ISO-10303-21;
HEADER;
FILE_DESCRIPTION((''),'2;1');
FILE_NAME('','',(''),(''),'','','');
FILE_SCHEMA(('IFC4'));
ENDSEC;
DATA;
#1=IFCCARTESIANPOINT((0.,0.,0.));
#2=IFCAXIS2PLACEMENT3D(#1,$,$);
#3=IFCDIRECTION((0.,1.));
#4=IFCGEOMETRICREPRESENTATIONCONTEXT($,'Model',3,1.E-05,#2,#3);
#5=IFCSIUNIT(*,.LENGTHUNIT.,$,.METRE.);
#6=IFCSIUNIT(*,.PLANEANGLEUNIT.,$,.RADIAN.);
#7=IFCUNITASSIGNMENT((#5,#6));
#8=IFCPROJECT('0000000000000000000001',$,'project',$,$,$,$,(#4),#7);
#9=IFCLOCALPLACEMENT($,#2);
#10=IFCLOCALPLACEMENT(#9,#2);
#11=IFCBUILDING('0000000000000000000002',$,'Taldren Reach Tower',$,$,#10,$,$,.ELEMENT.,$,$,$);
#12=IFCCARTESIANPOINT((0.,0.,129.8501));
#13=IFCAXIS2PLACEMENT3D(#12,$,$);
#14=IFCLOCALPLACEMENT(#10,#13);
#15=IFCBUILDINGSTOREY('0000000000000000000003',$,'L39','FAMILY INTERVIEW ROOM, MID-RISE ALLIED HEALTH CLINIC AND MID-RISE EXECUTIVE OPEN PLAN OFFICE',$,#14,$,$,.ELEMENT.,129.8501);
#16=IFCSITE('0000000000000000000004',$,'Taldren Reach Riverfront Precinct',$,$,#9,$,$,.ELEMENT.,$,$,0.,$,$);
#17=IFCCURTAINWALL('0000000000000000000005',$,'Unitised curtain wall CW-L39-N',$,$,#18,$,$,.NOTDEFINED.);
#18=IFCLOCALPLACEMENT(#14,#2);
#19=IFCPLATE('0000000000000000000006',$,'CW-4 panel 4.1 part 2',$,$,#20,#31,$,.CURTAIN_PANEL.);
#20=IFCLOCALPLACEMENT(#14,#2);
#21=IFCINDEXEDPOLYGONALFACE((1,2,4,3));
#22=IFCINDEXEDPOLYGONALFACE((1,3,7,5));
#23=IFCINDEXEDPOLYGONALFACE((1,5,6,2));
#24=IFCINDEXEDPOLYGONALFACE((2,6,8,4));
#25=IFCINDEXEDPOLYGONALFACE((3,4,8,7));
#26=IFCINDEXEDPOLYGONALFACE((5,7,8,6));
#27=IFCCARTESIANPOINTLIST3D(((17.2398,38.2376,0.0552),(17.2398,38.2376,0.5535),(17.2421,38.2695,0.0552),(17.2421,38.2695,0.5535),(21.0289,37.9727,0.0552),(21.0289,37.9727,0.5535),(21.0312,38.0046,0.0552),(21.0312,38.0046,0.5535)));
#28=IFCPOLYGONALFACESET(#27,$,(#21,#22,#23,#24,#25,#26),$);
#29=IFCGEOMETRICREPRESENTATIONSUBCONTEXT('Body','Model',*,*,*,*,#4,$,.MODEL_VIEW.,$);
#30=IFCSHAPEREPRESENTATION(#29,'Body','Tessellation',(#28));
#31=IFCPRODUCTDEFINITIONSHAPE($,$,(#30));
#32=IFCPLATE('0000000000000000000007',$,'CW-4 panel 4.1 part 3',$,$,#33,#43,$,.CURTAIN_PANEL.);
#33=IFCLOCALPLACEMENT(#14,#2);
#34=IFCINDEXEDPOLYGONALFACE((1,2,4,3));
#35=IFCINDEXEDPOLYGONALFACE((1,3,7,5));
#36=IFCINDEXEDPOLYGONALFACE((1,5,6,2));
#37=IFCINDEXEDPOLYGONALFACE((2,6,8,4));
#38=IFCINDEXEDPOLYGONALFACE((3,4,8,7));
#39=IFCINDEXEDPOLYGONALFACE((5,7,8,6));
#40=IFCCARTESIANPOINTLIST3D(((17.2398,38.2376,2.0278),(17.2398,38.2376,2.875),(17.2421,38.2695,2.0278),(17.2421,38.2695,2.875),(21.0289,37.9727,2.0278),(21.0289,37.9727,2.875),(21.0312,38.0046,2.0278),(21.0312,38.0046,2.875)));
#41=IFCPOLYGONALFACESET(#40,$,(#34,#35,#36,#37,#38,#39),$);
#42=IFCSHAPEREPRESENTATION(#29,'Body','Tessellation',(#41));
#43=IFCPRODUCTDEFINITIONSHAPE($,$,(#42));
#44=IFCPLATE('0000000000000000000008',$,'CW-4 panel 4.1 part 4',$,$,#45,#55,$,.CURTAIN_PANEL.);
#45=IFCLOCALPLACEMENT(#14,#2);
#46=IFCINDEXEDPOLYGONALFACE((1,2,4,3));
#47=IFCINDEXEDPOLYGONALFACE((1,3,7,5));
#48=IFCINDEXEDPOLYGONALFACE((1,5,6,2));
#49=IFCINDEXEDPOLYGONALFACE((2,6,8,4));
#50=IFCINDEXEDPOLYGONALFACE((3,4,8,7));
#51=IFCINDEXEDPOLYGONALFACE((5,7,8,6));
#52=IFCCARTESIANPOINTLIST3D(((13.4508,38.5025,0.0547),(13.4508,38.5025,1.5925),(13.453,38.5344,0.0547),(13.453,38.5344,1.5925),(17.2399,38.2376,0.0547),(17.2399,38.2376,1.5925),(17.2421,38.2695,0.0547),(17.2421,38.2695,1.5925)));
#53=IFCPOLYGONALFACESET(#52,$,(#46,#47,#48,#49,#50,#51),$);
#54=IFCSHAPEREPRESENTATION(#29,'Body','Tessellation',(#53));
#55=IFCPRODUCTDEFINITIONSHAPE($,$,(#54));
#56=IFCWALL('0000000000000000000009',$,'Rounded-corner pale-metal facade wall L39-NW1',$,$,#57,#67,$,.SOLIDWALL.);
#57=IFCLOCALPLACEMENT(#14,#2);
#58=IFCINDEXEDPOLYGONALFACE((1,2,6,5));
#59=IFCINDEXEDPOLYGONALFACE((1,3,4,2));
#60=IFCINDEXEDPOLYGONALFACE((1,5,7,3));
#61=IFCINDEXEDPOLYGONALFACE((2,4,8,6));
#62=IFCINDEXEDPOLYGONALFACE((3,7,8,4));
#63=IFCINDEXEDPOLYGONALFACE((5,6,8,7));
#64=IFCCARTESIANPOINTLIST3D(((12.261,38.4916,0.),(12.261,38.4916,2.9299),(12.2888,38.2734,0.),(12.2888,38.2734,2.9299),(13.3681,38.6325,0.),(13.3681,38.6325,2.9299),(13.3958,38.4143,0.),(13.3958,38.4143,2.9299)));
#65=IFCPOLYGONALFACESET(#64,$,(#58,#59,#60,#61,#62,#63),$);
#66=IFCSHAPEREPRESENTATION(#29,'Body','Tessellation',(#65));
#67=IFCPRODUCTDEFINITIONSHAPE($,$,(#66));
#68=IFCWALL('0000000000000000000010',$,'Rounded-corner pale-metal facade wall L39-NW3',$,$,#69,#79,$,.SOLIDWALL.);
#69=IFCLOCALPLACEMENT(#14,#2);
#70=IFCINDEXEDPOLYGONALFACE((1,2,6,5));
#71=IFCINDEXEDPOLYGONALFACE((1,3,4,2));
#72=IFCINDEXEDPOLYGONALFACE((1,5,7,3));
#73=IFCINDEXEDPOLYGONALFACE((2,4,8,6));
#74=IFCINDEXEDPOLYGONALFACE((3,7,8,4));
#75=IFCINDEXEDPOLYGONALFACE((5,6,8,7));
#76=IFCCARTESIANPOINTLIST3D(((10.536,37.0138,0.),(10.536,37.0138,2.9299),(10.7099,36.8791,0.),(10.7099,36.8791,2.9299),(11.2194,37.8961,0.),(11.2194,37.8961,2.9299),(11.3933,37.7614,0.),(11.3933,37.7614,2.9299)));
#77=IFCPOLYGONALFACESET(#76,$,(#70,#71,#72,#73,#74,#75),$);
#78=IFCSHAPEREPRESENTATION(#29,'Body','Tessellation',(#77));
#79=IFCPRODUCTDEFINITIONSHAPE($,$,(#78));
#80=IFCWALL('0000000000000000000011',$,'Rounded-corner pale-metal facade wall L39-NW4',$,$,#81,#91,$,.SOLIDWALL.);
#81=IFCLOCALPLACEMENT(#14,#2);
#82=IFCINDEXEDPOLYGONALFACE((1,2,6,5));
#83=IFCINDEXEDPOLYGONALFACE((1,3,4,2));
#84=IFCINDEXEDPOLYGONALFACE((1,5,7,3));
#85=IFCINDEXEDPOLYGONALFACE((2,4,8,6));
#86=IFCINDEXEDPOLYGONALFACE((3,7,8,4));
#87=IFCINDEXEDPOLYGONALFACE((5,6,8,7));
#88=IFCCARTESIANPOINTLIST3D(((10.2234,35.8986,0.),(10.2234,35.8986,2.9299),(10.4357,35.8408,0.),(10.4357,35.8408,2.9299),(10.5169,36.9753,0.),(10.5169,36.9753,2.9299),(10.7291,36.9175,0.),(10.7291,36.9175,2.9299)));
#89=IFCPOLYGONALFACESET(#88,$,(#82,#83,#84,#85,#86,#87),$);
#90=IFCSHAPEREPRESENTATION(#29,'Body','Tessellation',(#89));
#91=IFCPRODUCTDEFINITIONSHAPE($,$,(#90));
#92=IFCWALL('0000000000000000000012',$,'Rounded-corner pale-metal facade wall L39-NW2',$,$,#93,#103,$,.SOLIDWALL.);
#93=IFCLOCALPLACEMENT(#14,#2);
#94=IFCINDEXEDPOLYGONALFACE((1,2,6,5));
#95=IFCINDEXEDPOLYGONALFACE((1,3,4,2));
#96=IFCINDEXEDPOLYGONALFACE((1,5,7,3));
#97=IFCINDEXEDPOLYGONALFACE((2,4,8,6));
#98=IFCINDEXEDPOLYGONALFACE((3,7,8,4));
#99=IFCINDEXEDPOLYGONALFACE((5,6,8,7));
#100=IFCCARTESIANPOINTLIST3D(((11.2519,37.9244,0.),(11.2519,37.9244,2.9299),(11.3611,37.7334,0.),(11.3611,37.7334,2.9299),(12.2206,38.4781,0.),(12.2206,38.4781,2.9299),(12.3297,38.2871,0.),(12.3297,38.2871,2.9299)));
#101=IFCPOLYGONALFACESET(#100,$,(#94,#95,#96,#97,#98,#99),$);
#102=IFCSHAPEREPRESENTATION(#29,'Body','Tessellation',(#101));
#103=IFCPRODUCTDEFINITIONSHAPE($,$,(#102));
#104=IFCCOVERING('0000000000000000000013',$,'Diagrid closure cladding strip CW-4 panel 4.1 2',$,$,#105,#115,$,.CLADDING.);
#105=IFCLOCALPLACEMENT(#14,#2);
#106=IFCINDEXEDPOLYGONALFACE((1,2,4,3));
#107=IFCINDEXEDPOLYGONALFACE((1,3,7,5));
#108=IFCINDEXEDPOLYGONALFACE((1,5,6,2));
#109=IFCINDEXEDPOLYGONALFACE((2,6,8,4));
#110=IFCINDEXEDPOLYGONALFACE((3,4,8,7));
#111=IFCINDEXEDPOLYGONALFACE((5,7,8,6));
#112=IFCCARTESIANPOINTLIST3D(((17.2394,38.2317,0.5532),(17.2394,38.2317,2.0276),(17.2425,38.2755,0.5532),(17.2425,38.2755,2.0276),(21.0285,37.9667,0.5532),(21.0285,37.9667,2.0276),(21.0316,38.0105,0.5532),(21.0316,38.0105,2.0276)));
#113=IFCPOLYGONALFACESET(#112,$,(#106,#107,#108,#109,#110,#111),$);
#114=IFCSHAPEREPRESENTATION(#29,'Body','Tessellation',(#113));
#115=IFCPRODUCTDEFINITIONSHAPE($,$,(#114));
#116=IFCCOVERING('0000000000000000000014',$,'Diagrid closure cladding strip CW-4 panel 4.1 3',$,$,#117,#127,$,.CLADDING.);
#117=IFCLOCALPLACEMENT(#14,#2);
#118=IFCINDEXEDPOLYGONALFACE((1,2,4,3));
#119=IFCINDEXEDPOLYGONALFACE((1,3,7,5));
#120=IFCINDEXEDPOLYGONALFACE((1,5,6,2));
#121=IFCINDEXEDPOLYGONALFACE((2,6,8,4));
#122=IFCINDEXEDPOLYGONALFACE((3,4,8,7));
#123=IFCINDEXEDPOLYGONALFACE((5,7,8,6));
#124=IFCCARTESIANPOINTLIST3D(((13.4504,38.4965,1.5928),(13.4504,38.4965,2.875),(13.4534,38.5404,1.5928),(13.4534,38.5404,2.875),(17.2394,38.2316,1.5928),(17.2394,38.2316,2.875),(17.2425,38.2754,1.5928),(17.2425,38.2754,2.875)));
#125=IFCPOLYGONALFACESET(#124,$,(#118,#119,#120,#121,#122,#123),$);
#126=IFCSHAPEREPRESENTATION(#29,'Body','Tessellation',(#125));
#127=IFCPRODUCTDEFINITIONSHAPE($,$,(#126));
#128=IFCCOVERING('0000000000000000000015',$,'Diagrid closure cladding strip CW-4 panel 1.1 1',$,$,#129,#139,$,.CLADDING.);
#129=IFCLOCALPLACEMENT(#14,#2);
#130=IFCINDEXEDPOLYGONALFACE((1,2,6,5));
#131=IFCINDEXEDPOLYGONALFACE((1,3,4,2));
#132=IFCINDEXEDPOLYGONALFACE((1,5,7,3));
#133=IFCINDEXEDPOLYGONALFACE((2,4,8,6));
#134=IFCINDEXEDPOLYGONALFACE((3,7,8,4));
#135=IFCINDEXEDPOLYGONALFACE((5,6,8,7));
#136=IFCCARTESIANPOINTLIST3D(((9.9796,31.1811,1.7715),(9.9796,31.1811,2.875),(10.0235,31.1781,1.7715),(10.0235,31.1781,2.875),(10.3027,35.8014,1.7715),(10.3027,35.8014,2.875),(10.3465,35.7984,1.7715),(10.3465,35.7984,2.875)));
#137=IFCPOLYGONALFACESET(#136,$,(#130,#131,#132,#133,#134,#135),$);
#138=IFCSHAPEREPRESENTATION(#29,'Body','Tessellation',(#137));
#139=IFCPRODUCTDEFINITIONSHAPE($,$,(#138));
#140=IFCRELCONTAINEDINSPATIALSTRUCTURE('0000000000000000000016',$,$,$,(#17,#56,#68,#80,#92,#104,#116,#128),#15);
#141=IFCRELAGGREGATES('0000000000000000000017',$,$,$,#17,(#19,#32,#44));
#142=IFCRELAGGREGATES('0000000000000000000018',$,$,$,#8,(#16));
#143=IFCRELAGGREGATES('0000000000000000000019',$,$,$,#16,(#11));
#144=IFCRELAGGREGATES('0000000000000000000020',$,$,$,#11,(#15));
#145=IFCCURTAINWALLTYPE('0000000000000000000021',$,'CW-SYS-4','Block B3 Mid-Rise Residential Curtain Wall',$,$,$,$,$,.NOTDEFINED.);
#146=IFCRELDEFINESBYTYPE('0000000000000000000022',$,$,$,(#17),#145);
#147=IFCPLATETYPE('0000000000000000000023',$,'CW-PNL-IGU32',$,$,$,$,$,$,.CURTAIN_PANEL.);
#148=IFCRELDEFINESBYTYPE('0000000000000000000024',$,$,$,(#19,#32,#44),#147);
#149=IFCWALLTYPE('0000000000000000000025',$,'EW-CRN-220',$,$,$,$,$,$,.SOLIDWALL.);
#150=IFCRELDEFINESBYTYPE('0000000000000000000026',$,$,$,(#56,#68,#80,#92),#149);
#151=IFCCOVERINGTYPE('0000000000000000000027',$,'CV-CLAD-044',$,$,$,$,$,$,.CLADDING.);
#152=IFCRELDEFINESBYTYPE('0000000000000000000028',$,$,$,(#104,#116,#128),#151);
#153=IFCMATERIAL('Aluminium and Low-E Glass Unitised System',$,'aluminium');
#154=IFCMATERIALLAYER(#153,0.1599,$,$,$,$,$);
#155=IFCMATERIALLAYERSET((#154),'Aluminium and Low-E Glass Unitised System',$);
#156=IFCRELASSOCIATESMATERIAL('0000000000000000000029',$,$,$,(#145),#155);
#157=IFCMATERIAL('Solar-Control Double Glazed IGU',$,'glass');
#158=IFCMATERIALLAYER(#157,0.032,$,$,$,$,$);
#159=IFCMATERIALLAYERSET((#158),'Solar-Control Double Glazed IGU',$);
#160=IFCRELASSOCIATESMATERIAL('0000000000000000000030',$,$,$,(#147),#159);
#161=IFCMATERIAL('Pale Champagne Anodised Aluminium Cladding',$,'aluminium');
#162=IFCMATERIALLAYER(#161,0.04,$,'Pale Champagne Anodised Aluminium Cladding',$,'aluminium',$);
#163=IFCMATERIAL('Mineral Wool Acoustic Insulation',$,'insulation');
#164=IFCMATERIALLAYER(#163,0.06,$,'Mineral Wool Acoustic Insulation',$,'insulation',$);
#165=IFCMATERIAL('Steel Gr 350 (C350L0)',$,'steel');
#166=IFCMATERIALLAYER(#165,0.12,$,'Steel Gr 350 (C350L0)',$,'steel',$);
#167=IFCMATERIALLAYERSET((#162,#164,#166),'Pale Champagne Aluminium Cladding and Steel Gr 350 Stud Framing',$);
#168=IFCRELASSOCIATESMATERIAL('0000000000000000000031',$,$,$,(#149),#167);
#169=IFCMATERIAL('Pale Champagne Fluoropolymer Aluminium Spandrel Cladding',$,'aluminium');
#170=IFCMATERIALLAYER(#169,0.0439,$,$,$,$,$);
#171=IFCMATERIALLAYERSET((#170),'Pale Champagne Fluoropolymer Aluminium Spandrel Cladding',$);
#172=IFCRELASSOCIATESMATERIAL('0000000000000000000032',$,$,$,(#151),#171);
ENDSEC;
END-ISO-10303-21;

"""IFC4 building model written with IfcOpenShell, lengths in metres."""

from ifc_helpers import new_model, si_unit, direction, frame, frame_2d, origin, origin_2d, place, context, subcontext, project, spatial, rectangle, extrude, source, transform, mapped, material, layer, layer_set, type_object, element, aggregate, save


model = new_model("IFC4")

# Units and contexts
model_context = context("Model", 3, precision=1e-05, world=origin(), true_north=direction((0.0, 1.0)))
body_context = subcontext(model_context, "Body", "Model", "MODEL_VIEW")
ifc_project = project(units=[si_unit("LENGTHUNIT", "METRE"), si_unit("PLANEANGLEUNIT", "RADIAN")], contexts=[model_context])

# Site, building, storey
site_placement = place(None, origin())
site = spatial("IfcSite", under=ifc_project, at=site_placement, Name="Taldren Reach Riverfront Precinct", CompositionType="ELEMENT", RefElevation=0.0)
building_placement = place(site_placement, origin())
building = spatial("IfcBuilding", under=site, at=building_placement, Name="Taldren Reach Tower", CompositionType="ELEMENT")
storey_placement = place(building_placement, frame((0.0, 0.0, 129.8501)))
storey = spatial("IfcBuildingStorey", under=building, at=storey_placement, Name="L39", Description="FAMILY INTERVIEW ROOM, MID-RISE ALLIED HEALTH CLINIC AND MID-RISE EXECUTIVE OPEN PLAN OFFICE", CompositionType="ELEMENT", Elevation=129.8501)

# Shared definitions
ifc_material_1 = material(Name="Steel Gr 350 (C350L0)", Category="steel")

# Shared definitions
ifc_material_2 = material(Name="Aluminium and Low-E Glass Unitised System", Category="aluminium")
ifc_layer_1 = layer(ifc_material_2, 0.1599)
ifc_layer_set_1 = layer_set([ifc_layer_1], Name="Aluminium and Low-E Glass Unitised System")
curtain_wall_type = type_object("IfcCurtainWallType", Name="CW-SYS-4", Description="Block B3 Mid-Rise Residential Curtain Wall", PredefinedType="NOTDEFINED", material=ifc_layer_set_1)

# Curtain wall
curtain_wall_1_placement = place(storey_placement, origin())
curtain_wall_1 = element("IfcCurtainWall", 1, at=curtain_wall_1_placement, inside=storey, type_object=curtain_wall_type, Name="Unitised curtain wall CW-L39-N", PredefinedType="NOTDEFINED")

# Plates
ifc_material_3 = material(Name="Solar-Control Double Glazed IGU", Category="glass")
ifc_layer_2 = layer(ifc_material_3, 0.032)
ifc_layer_set_2 = layer_set([ifc_layer_2], Name="Solar-Control Double Glazed IGU")
plate_type_1 = type_object("IfcPlateType", Name="CW-PNL-IGU32", PredefinedType="CURTAIN_PANEL", material=ifc_layer_set_2)
shared_shape_1 = source(origin(), body_context, "Body", "SweptSolid", [
    extrude(rectangle(XDim=3.7983, YDim=0.032, at=origin_2d()), origin(), (0.0, 0.0, 1.0), 0.4983),
])
plate_1_placement = place(storey_placement, frame((19.1355, 38.1211, 0.0552), z_axis=(0.0, 0.0, 1.0), x_axis=(-0.997564, 0.069757, 0.0)))
plate_1 = element("IfcPlate", 2, at=plate_1_placement, type_object=plate_type_1, Name="CW-4 panel 4.1 part 2", PredefinedType="CURTAIN_PANEL", context=body_context, shape_type="MappedRepresentation", body=[
    mapped(shared_shape_1, transform((0.0, 0.0, 0.0), scale=1.0)),
])
shared_shape_2 = source(origin(), body_context, "Body", "SweptSolid", [
    extrude(rectangle(XDim=3.7983, YDim=0.032, at=origin_2d()), origin(), (0.0, 0.0, 1.0), 0.8472),
])
plate_2_placement = place(storey_placement, frame((19.1355, 38.1211, 2.0278), z_axis=(0.0, 0.0, 1.0), x_axis=(-0.997564, 0.069757, 0.0)))
plate_2 = element("IfcPlate", 3, at=plate_2_placement, type_object=plate_type_1, Name="CW-4 panel 4.1 part 3", PredefinedType="CURTAIN_PANEL", context=body_context, shape_type="MappedRepresentation", body=[
    mapped(shared_shape_2, transform((0.0, 0.0, 0.0), scale=1.0)),
])
shared_shape_3 = source(origin(), body_context, "Body", "SweptSolid", [
    extrude(rectangle(XDim=3.7983, YDim=0.032, at=origin_2d()), origin(), (0.0, 0.0, 1.0), 1.5378),
])
plate_3_placement = place(storey_placement, frame((15.3464, 38.386, 0.0547), z_axis=(0.0, 0.0, 1.0), x_axis=(-0.997564, 0.069757, 0.0)))
plate_3 = element("IfcPlate", 4, at=plate_3_placement, type_object=plate_type_1, Name="CW-4 panel 4.1 part 4", PredefinedType="CURTAIN_PANEL", context=body_context, shape_type="MappedRepresentation", body=[
    mapped(shared_shape_3, transform((0.0, 0.0, 0.0), scale=1.0)),
])
aggregate(curtain_wall_1, [plate_1, plate_2, plate_3])

# Walls
ifc_material_4 = material(Name="Pale Champagne Anodised Aluminium Cladding", Category="aluminium")
ifc_layer_3 = layer(ifc_material_4, 0.04, Name="Pale Champagne Anodised Aluminium Cladding", Category="aluminium")
ifc_material_5 = material(Name="Mineral Wool Acoustic Insulation", Category="insulation")
ifc_layer_4 = layer(ifc_material_5, 0.06, Name="Mineral Wool Acoustic Insulation", Category="insulation")
ifc_layer_5 = layer(ifc_material_1, 0.12, Name="Steel Gr 350 (C350L0)", Category="steel")
ifc_layer_set_3 = layer_set([ifc_layer_3, ifc_layer_4, ifc_layer_5], Name="Pale Champagne Aluminium Cladding and Steel Gr 350 Stud Framing")
wall_type = type_object("IfcWallType", Name="EW-CRN-220", PredefinedType="SOLIDWALL", material=ifc_layer_set_3)
shared_shape_4 = source(origin(), body_context, "Body", "SweptSolid", [
    extrude(rectangle(XDim=1.116, YDim=0.22, at=frame_2d((0.5581, 0.0))), origin(), (0.0, 0.0, 1.0), 2.9299),
])
for number, where, z_axis, x_axis, name in (
    (5, (13.3821, 38.5234, 0.0), (0.0, 0.0, 1.0), (-0.991999, -0.126243, 0.0), "Rounded-corner pale-metal facade wall L39-NW1"),
    (6, (11.3064, 37.8289, 0.0), (0.0, 0.0, 1.0), (-0.612319, -0.790611, 0.0), "Rounded-corner pale-metal facade wall L39-NW3"),
    (7, (10.623, 36.9465, 0.0), (0.0, 0.0, 1.0), (-0.262969, -0.964804, 0.0), "Rounded-corner pale-metal facade wall L39-NW4"),
):
    element("IfcWall", number, at=place(storey_placement, frame(where, z_axis=z_axis, x_axis=x_axis)), inside=storey, type_object=wall_type, Name=name, PredefinedType="SOLIDWALL", context=body_context, shape_type="MappedRepresentation", body=[
        mapped(shared_shape_4, transform((0.0, 0.0, 0.0), scale=1.0)),
    ])
shared_shape_5 = source(origin(), body_context, "Body", "SweptSolid", [
    extrude(rectangle(XDim=1.1157, YDim=0.22, at=frame_2d((0.5579, 0.0))), origin(), (0.0, 0.0, 1.0), 2.9299),
])
wall_placement = place(storey_placement, frame((12.2751, 38.3826, 0.0), z_axis=(0.0, 0.0, 1.0), x_axis=(-0.868189, -0.496233, 0.0)))
element("IfcWall", 8, at=wall_placement, inside=storey, type_object=wall_type, Name="Rounded-corner pale-metal facade wall L39-NW2", PredefinedType="SOLIDWALL", context=body_context, shape_type="MappedRepresentation", body=[
    mapped(shared_shape_5, transform((0.0, 0.0, 0.0), scale=1.0)),
])

# Coverings
ifc_material_6 = material(Name="Pale Champagne Fluoropolymer Aluminium Spandrel Cladding", Category="aluminium")
ifc_layer_6 = layer(ifc_material_6, 0.0439)
ifc_layer_set_4 = layer_set([ifc_layer_6], Name="Pale Champagne Fluoropolymer Aluminium Spandrel Cladding")
covering_type = type_object("IfcCoveringType", Name="CV-CLAD-044", PredefinedType="CLADDING", material=ifc_layer_set_4)
shared_shape_6 = source(origin(), body_context, "Body", "SweptSolid", [
    extrude(rectangle(XDim=3.7983, YDim=0.0439, at=origin_2d()), origin(), (0.0, 0.0, 1.0), 1.4744),
])
covering_1_placement = place(storey_placement, frame((19.1355, 38.1211, 0.5532), z_axis=(0.0, 0.0, 1.0), x_axis=(-0.997564, 0.069757, 0.0)))
element("IfcCovering", 9, at=covering_1_placement, inside=storey, type_object=covering_type, Name="Diagrid closure cladding strip CW-4 panel 4.1 2", PredefinedType="CLADDING", context=body_context, shape_type="MappedRepresentation", body=[
    mapped(shared_shape_6, transform((0.0, 0.0, 0.0), scale=1.0)),
])
shared_shape_7 = source(origin(), body_context, "Body", "SweptSolid", [
    extrude(rectangle(XDim=3.7983, YDim=0.0439, at=origin_2d()), origin(), (0.0, 0.0, 1.0), 1.2822),
])
covering_2_placement = place(storey_placement, frame((15.3464, 38.386, 1.5928), z_axis=(0.0, 0.0, 1.0), x_axis=(-0.997564, 0.069757, 0.0)))
element("IfcCovering", 10, at=covering_2_placement, inside=storey, type_object=covering_type, Name="Diagrid closure cladding strip CW-4 panel 4.1 3", PredefinedType="CLADDING", context=body_context, shape_type="MappedRepresentation", body=[
    mapped(shared_shape_7, transform((0.0, 0.0, 0.0), scale=1.0)),
])
shared_shape_8 = source(origin(), body_context, "Body", "SweptSolid", [
    extrude(rectangle(XDim=4.6316, YDim=0.0439, at=origin_2d()), origin(), (0.0, 0.0, 1.0), 1.1035),
])
covering_3_placement = place(storey_placement, frame((10.1631, 33.4897, 1.7715), z_axis=(0.0, 0.0, 1.0), x_axis=(-0.069756, -0.997564, 0.0)))
element("IfcCovering", 11, at=covering_3_placement, inside=storey, type_object=covering_type, Name="Diagrid closure cladding strip CW-4 panel 1.1 1", PredefinedType="CLADDING", context=body_context, shape_type="MappedRepresentation", body=[
    mapped(shared_shape_8, transform((0.0, 0.0, 0.0), scale=1.0)),
])

save(model, "model.ifc")
